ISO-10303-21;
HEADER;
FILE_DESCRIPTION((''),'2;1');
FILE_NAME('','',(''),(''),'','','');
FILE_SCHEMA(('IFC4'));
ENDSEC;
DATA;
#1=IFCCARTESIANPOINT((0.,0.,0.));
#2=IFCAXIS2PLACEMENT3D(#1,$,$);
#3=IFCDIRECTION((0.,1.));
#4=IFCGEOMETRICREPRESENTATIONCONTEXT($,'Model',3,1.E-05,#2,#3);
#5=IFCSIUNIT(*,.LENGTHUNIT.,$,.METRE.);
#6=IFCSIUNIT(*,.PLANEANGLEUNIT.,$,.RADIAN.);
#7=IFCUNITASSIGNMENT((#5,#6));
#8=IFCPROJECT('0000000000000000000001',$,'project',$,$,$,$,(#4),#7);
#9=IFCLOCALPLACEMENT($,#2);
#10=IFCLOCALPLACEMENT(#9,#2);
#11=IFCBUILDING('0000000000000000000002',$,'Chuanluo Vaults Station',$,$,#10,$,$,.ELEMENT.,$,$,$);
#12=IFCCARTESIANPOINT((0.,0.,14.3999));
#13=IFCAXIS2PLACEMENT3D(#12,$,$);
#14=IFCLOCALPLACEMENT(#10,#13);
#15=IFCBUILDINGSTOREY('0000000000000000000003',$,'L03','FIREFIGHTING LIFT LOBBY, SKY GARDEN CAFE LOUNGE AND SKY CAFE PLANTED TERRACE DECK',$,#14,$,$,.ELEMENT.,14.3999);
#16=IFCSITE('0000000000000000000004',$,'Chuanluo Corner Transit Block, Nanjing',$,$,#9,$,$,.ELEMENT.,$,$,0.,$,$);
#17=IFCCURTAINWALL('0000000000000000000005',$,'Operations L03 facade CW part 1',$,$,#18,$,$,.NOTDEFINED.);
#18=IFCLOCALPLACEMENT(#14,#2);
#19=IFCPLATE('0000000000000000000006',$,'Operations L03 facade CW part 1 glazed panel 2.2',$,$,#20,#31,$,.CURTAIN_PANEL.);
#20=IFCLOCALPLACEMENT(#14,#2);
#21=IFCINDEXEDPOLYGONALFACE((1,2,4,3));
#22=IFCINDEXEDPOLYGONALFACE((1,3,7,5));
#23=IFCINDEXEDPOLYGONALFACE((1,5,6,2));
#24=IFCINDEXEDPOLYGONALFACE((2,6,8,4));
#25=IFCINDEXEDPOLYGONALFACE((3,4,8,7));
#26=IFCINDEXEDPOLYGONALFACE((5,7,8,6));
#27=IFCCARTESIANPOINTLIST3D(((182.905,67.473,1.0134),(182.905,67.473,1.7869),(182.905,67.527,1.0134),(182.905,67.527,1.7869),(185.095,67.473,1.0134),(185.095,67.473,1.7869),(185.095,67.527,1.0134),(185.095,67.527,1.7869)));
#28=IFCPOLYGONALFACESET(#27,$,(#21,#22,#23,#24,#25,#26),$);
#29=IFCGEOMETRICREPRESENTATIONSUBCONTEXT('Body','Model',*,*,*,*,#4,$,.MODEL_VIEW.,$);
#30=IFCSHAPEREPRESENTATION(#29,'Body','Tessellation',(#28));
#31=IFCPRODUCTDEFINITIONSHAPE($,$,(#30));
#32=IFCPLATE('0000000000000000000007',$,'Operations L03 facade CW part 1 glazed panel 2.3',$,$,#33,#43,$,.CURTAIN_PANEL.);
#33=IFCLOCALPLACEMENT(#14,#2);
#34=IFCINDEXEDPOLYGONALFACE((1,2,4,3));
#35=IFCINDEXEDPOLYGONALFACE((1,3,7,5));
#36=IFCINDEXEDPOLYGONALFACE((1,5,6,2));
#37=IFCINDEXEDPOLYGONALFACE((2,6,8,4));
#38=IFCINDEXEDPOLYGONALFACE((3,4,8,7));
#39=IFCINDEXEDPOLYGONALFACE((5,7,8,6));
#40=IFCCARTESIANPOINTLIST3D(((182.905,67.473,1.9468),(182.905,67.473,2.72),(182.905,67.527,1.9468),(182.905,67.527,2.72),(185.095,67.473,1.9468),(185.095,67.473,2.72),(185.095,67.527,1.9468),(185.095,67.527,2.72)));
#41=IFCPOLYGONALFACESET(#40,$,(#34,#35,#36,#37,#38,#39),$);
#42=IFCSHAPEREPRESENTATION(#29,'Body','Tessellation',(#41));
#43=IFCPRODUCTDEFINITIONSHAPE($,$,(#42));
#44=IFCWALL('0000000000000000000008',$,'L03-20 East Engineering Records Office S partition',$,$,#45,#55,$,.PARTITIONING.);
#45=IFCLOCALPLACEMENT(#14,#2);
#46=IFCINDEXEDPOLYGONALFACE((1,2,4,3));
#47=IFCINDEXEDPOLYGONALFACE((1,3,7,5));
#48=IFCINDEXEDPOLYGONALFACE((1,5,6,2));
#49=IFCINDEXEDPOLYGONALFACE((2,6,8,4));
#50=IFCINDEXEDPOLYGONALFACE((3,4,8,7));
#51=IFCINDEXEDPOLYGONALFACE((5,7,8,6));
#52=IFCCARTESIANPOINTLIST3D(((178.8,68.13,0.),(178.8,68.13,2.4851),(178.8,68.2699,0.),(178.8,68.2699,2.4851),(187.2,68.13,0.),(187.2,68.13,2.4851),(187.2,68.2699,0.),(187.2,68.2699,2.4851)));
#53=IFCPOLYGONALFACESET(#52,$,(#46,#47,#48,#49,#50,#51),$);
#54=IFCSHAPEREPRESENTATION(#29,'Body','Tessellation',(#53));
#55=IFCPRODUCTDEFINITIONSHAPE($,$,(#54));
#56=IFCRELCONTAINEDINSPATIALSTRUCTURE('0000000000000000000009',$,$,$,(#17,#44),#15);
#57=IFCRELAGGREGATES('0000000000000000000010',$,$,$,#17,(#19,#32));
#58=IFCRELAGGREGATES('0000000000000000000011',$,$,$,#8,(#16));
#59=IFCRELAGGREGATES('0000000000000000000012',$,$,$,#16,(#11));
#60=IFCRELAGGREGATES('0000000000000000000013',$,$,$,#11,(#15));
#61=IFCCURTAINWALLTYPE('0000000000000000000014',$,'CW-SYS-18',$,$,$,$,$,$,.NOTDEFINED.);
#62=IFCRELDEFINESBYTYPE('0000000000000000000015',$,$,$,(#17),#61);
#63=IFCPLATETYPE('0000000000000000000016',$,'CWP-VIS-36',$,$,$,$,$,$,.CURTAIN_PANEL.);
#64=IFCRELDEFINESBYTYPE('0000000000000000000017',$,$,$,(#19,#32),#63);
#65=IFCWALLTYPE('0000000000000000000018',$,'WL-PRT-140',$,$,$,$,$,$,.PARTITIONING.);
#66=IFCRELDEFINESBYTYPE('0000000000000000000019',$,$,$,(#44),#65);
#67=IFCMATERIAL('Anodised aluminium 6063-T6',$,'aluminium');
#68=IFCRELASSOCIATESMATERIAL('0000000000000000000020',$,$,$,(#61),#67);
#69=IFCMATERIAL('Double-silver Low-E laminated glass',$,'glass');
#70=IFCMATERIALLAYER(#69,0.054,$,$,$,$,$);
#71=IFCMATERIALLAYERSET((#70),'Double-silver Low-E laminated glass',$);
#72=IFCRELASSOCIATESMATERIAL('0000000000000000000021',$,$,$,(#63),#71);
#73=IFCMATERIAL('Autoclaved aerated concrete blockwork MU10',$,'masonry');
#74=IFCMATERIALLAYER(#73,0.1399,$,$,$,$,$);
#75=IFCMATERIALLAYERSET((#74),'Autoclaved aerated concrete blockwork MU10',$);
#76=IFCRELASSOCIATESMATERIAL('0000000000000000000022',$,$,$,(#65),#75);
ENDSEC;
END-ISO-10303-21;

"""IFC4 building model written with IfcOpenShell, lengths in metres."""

from ifc_helpers import new_model, si_unit, direction, frame, frame_2d, origin, origin_2d, place, context, subcontext, project, spatial, rectangle, extrude, material, layer, layer_set, type_object, element, aggregate, save


model = new_model("IFC4")

# Units and contexts
model_context = context("Model", 3, precision=1e-05, world=origin(), true_north=direction((0.0, 1.0)))
body_context = subcontext(model_context, "Body", "Model", "MODEL_VIEW")
ifc_project = project(units=[si_unit("LENGTHUNIT", "METRE"), si_unit("PLANEANGLEUNIT", "RADIAN")], contexts=[model_context])

# Site, building, storey
site_placement = place(None, origin())
site = spatial("IfcSite", under=ifc_project, at=site_placement, Name="Chuanluo Corner Transit Block, Nanjing", CompositionType="ELEMENT", RefElevation=0.0)
building_placement = place(site_placement, origin())
building = spatial("IfcBuilding", under=site, at=building_placement, Name="Chuanluo Vaults Station", CompositionType="ELEMENT")
storey_placement = place(building_placement, frame((0.0, 0.0, 14.3999)))
storey = spatial("IfcBuildingStorey", under=building, at=storey_placement, Name="L03", Description="FIREFIGHTING LIFT LOBBY, SKY GARDEN CAFE LOUNGE AND SKY CAFE PLANTED TERRACE DECK", CompositionType="ELEMENT", Elevation=14.3999)

# Curtain wall
ifc_material_1 = material(Name="Anodised aluminium 6063-T6", Category="aluminium")
curtain_wall_type_1 = type_object("IfcCurtainWallType", Name="CW-SYS-18", PredefinedType="NOTDEFINED", material=ifc_material_1)
curtain_wall_1_placement = place(storey_placement, origin())
curtain_wall_1 = element("IfcCurtainWall", 1, at=curtain_wall_1_placement, inside=storey, type_object=curtain_wall_type_1, Name="Operations L03 facade CW part 1", PredefinedType="NOTDEFINED")

# Plates
ifc_material_2 = material(Name="Double-silver Low-E laminated glass", Category="glass")
ifc_layer_1 = layer(ifc_material_2, 0.054)
ifc_layer_set_1 = layer_set([ifc_layer_1], Name="Double-silver Low-E laminated glass")
plate_type_1 = type_object("IfcPlateType", Name="CWP-VIS-36", PredefinedType="CURTAIN_PANEL", material=ifc_layer_set_1)
plate_1_placement = place(storey_placement, frame((184.0, 67.5, 1.0134), z_axis=(0.0, 0.0, 1.0), x_axis=(-1.0, 0.0, 0.0)))
plate_1 = element("IfcPlate", 2, at=plate_1_placement, type_object=plate_type_1, Name="Operations L03 facade CW part 1 glazed panel 2.2", PredefinedType="CURTAIN_PANEL", context=body_context, shape_type="SweptSolid", body=[
    extrude(rectangle(XDim=2.1899, YDim=0.054, at=origin_2d()), origin(), (0.0, 0.0, 1.0), 0.7734),
])
plate_2_placement = place(storey_placement, frame((184.0, 67.5, 1.9468), z_axis=(0.0, 0.0, 1.0), x_axis=(-1.0, 0.0, 0.0)))
plate_2 = element("IfcPlate", 3, at=plate_2_placement, type_object=plate_type_1, Name="Operations L03 facade CW part 1 glazed panel 2.3", PredefinedType="CURTAIN_PANEL", context=body_context, shape_type="SweptSolid", body=[
    extrude(rectangle(XDim=2.1899, YDim=0.054, at=origin_2d()), origin(), (0.0, 0.0, 1.0), 0.7732),
])
aggregate(curtain_wall_1, [plate_1, plate_2])

# Wall
ifc_material_3 = material(Name="Autoclaved aerated concrete blockwork MU10", Category="masonry")
ifc_layer_2 = layer(ifc_material_3, 0.1399)
ifc_layer_set_2 = layer_set([ifc_layer_2], Name="Autoclaved aerated concrete blockwork MU10")
wall_type = type_object("IfcWallType", Name="WL-PRT-140", PredefinedType="PARTITIONING", material=ifc_layer_set_2)
wall_placement = place(storey_placement, frame((187.2, 68.2, 0.0), z_axis=(0.0, 0.0, 1.0), x_axis=(-1.0, 0.0, 0.0)))
element("IfcWall", 4, at=wall_placement, inside=storey, type_object=wall_type, Name="L03-20 East Engineering Records Office S partition", PredefinedType="PARTITIONING", context=body_context, shape_type="SweptSolid", body=[
    extrude(rectangle(XDim=8.3999, YDim=0.1399, at=frame_2d((4.2, 0.0))), origin(), (0.0, 0.0, 1.0), 2.4851),
])

save(model, "model.ifc")
